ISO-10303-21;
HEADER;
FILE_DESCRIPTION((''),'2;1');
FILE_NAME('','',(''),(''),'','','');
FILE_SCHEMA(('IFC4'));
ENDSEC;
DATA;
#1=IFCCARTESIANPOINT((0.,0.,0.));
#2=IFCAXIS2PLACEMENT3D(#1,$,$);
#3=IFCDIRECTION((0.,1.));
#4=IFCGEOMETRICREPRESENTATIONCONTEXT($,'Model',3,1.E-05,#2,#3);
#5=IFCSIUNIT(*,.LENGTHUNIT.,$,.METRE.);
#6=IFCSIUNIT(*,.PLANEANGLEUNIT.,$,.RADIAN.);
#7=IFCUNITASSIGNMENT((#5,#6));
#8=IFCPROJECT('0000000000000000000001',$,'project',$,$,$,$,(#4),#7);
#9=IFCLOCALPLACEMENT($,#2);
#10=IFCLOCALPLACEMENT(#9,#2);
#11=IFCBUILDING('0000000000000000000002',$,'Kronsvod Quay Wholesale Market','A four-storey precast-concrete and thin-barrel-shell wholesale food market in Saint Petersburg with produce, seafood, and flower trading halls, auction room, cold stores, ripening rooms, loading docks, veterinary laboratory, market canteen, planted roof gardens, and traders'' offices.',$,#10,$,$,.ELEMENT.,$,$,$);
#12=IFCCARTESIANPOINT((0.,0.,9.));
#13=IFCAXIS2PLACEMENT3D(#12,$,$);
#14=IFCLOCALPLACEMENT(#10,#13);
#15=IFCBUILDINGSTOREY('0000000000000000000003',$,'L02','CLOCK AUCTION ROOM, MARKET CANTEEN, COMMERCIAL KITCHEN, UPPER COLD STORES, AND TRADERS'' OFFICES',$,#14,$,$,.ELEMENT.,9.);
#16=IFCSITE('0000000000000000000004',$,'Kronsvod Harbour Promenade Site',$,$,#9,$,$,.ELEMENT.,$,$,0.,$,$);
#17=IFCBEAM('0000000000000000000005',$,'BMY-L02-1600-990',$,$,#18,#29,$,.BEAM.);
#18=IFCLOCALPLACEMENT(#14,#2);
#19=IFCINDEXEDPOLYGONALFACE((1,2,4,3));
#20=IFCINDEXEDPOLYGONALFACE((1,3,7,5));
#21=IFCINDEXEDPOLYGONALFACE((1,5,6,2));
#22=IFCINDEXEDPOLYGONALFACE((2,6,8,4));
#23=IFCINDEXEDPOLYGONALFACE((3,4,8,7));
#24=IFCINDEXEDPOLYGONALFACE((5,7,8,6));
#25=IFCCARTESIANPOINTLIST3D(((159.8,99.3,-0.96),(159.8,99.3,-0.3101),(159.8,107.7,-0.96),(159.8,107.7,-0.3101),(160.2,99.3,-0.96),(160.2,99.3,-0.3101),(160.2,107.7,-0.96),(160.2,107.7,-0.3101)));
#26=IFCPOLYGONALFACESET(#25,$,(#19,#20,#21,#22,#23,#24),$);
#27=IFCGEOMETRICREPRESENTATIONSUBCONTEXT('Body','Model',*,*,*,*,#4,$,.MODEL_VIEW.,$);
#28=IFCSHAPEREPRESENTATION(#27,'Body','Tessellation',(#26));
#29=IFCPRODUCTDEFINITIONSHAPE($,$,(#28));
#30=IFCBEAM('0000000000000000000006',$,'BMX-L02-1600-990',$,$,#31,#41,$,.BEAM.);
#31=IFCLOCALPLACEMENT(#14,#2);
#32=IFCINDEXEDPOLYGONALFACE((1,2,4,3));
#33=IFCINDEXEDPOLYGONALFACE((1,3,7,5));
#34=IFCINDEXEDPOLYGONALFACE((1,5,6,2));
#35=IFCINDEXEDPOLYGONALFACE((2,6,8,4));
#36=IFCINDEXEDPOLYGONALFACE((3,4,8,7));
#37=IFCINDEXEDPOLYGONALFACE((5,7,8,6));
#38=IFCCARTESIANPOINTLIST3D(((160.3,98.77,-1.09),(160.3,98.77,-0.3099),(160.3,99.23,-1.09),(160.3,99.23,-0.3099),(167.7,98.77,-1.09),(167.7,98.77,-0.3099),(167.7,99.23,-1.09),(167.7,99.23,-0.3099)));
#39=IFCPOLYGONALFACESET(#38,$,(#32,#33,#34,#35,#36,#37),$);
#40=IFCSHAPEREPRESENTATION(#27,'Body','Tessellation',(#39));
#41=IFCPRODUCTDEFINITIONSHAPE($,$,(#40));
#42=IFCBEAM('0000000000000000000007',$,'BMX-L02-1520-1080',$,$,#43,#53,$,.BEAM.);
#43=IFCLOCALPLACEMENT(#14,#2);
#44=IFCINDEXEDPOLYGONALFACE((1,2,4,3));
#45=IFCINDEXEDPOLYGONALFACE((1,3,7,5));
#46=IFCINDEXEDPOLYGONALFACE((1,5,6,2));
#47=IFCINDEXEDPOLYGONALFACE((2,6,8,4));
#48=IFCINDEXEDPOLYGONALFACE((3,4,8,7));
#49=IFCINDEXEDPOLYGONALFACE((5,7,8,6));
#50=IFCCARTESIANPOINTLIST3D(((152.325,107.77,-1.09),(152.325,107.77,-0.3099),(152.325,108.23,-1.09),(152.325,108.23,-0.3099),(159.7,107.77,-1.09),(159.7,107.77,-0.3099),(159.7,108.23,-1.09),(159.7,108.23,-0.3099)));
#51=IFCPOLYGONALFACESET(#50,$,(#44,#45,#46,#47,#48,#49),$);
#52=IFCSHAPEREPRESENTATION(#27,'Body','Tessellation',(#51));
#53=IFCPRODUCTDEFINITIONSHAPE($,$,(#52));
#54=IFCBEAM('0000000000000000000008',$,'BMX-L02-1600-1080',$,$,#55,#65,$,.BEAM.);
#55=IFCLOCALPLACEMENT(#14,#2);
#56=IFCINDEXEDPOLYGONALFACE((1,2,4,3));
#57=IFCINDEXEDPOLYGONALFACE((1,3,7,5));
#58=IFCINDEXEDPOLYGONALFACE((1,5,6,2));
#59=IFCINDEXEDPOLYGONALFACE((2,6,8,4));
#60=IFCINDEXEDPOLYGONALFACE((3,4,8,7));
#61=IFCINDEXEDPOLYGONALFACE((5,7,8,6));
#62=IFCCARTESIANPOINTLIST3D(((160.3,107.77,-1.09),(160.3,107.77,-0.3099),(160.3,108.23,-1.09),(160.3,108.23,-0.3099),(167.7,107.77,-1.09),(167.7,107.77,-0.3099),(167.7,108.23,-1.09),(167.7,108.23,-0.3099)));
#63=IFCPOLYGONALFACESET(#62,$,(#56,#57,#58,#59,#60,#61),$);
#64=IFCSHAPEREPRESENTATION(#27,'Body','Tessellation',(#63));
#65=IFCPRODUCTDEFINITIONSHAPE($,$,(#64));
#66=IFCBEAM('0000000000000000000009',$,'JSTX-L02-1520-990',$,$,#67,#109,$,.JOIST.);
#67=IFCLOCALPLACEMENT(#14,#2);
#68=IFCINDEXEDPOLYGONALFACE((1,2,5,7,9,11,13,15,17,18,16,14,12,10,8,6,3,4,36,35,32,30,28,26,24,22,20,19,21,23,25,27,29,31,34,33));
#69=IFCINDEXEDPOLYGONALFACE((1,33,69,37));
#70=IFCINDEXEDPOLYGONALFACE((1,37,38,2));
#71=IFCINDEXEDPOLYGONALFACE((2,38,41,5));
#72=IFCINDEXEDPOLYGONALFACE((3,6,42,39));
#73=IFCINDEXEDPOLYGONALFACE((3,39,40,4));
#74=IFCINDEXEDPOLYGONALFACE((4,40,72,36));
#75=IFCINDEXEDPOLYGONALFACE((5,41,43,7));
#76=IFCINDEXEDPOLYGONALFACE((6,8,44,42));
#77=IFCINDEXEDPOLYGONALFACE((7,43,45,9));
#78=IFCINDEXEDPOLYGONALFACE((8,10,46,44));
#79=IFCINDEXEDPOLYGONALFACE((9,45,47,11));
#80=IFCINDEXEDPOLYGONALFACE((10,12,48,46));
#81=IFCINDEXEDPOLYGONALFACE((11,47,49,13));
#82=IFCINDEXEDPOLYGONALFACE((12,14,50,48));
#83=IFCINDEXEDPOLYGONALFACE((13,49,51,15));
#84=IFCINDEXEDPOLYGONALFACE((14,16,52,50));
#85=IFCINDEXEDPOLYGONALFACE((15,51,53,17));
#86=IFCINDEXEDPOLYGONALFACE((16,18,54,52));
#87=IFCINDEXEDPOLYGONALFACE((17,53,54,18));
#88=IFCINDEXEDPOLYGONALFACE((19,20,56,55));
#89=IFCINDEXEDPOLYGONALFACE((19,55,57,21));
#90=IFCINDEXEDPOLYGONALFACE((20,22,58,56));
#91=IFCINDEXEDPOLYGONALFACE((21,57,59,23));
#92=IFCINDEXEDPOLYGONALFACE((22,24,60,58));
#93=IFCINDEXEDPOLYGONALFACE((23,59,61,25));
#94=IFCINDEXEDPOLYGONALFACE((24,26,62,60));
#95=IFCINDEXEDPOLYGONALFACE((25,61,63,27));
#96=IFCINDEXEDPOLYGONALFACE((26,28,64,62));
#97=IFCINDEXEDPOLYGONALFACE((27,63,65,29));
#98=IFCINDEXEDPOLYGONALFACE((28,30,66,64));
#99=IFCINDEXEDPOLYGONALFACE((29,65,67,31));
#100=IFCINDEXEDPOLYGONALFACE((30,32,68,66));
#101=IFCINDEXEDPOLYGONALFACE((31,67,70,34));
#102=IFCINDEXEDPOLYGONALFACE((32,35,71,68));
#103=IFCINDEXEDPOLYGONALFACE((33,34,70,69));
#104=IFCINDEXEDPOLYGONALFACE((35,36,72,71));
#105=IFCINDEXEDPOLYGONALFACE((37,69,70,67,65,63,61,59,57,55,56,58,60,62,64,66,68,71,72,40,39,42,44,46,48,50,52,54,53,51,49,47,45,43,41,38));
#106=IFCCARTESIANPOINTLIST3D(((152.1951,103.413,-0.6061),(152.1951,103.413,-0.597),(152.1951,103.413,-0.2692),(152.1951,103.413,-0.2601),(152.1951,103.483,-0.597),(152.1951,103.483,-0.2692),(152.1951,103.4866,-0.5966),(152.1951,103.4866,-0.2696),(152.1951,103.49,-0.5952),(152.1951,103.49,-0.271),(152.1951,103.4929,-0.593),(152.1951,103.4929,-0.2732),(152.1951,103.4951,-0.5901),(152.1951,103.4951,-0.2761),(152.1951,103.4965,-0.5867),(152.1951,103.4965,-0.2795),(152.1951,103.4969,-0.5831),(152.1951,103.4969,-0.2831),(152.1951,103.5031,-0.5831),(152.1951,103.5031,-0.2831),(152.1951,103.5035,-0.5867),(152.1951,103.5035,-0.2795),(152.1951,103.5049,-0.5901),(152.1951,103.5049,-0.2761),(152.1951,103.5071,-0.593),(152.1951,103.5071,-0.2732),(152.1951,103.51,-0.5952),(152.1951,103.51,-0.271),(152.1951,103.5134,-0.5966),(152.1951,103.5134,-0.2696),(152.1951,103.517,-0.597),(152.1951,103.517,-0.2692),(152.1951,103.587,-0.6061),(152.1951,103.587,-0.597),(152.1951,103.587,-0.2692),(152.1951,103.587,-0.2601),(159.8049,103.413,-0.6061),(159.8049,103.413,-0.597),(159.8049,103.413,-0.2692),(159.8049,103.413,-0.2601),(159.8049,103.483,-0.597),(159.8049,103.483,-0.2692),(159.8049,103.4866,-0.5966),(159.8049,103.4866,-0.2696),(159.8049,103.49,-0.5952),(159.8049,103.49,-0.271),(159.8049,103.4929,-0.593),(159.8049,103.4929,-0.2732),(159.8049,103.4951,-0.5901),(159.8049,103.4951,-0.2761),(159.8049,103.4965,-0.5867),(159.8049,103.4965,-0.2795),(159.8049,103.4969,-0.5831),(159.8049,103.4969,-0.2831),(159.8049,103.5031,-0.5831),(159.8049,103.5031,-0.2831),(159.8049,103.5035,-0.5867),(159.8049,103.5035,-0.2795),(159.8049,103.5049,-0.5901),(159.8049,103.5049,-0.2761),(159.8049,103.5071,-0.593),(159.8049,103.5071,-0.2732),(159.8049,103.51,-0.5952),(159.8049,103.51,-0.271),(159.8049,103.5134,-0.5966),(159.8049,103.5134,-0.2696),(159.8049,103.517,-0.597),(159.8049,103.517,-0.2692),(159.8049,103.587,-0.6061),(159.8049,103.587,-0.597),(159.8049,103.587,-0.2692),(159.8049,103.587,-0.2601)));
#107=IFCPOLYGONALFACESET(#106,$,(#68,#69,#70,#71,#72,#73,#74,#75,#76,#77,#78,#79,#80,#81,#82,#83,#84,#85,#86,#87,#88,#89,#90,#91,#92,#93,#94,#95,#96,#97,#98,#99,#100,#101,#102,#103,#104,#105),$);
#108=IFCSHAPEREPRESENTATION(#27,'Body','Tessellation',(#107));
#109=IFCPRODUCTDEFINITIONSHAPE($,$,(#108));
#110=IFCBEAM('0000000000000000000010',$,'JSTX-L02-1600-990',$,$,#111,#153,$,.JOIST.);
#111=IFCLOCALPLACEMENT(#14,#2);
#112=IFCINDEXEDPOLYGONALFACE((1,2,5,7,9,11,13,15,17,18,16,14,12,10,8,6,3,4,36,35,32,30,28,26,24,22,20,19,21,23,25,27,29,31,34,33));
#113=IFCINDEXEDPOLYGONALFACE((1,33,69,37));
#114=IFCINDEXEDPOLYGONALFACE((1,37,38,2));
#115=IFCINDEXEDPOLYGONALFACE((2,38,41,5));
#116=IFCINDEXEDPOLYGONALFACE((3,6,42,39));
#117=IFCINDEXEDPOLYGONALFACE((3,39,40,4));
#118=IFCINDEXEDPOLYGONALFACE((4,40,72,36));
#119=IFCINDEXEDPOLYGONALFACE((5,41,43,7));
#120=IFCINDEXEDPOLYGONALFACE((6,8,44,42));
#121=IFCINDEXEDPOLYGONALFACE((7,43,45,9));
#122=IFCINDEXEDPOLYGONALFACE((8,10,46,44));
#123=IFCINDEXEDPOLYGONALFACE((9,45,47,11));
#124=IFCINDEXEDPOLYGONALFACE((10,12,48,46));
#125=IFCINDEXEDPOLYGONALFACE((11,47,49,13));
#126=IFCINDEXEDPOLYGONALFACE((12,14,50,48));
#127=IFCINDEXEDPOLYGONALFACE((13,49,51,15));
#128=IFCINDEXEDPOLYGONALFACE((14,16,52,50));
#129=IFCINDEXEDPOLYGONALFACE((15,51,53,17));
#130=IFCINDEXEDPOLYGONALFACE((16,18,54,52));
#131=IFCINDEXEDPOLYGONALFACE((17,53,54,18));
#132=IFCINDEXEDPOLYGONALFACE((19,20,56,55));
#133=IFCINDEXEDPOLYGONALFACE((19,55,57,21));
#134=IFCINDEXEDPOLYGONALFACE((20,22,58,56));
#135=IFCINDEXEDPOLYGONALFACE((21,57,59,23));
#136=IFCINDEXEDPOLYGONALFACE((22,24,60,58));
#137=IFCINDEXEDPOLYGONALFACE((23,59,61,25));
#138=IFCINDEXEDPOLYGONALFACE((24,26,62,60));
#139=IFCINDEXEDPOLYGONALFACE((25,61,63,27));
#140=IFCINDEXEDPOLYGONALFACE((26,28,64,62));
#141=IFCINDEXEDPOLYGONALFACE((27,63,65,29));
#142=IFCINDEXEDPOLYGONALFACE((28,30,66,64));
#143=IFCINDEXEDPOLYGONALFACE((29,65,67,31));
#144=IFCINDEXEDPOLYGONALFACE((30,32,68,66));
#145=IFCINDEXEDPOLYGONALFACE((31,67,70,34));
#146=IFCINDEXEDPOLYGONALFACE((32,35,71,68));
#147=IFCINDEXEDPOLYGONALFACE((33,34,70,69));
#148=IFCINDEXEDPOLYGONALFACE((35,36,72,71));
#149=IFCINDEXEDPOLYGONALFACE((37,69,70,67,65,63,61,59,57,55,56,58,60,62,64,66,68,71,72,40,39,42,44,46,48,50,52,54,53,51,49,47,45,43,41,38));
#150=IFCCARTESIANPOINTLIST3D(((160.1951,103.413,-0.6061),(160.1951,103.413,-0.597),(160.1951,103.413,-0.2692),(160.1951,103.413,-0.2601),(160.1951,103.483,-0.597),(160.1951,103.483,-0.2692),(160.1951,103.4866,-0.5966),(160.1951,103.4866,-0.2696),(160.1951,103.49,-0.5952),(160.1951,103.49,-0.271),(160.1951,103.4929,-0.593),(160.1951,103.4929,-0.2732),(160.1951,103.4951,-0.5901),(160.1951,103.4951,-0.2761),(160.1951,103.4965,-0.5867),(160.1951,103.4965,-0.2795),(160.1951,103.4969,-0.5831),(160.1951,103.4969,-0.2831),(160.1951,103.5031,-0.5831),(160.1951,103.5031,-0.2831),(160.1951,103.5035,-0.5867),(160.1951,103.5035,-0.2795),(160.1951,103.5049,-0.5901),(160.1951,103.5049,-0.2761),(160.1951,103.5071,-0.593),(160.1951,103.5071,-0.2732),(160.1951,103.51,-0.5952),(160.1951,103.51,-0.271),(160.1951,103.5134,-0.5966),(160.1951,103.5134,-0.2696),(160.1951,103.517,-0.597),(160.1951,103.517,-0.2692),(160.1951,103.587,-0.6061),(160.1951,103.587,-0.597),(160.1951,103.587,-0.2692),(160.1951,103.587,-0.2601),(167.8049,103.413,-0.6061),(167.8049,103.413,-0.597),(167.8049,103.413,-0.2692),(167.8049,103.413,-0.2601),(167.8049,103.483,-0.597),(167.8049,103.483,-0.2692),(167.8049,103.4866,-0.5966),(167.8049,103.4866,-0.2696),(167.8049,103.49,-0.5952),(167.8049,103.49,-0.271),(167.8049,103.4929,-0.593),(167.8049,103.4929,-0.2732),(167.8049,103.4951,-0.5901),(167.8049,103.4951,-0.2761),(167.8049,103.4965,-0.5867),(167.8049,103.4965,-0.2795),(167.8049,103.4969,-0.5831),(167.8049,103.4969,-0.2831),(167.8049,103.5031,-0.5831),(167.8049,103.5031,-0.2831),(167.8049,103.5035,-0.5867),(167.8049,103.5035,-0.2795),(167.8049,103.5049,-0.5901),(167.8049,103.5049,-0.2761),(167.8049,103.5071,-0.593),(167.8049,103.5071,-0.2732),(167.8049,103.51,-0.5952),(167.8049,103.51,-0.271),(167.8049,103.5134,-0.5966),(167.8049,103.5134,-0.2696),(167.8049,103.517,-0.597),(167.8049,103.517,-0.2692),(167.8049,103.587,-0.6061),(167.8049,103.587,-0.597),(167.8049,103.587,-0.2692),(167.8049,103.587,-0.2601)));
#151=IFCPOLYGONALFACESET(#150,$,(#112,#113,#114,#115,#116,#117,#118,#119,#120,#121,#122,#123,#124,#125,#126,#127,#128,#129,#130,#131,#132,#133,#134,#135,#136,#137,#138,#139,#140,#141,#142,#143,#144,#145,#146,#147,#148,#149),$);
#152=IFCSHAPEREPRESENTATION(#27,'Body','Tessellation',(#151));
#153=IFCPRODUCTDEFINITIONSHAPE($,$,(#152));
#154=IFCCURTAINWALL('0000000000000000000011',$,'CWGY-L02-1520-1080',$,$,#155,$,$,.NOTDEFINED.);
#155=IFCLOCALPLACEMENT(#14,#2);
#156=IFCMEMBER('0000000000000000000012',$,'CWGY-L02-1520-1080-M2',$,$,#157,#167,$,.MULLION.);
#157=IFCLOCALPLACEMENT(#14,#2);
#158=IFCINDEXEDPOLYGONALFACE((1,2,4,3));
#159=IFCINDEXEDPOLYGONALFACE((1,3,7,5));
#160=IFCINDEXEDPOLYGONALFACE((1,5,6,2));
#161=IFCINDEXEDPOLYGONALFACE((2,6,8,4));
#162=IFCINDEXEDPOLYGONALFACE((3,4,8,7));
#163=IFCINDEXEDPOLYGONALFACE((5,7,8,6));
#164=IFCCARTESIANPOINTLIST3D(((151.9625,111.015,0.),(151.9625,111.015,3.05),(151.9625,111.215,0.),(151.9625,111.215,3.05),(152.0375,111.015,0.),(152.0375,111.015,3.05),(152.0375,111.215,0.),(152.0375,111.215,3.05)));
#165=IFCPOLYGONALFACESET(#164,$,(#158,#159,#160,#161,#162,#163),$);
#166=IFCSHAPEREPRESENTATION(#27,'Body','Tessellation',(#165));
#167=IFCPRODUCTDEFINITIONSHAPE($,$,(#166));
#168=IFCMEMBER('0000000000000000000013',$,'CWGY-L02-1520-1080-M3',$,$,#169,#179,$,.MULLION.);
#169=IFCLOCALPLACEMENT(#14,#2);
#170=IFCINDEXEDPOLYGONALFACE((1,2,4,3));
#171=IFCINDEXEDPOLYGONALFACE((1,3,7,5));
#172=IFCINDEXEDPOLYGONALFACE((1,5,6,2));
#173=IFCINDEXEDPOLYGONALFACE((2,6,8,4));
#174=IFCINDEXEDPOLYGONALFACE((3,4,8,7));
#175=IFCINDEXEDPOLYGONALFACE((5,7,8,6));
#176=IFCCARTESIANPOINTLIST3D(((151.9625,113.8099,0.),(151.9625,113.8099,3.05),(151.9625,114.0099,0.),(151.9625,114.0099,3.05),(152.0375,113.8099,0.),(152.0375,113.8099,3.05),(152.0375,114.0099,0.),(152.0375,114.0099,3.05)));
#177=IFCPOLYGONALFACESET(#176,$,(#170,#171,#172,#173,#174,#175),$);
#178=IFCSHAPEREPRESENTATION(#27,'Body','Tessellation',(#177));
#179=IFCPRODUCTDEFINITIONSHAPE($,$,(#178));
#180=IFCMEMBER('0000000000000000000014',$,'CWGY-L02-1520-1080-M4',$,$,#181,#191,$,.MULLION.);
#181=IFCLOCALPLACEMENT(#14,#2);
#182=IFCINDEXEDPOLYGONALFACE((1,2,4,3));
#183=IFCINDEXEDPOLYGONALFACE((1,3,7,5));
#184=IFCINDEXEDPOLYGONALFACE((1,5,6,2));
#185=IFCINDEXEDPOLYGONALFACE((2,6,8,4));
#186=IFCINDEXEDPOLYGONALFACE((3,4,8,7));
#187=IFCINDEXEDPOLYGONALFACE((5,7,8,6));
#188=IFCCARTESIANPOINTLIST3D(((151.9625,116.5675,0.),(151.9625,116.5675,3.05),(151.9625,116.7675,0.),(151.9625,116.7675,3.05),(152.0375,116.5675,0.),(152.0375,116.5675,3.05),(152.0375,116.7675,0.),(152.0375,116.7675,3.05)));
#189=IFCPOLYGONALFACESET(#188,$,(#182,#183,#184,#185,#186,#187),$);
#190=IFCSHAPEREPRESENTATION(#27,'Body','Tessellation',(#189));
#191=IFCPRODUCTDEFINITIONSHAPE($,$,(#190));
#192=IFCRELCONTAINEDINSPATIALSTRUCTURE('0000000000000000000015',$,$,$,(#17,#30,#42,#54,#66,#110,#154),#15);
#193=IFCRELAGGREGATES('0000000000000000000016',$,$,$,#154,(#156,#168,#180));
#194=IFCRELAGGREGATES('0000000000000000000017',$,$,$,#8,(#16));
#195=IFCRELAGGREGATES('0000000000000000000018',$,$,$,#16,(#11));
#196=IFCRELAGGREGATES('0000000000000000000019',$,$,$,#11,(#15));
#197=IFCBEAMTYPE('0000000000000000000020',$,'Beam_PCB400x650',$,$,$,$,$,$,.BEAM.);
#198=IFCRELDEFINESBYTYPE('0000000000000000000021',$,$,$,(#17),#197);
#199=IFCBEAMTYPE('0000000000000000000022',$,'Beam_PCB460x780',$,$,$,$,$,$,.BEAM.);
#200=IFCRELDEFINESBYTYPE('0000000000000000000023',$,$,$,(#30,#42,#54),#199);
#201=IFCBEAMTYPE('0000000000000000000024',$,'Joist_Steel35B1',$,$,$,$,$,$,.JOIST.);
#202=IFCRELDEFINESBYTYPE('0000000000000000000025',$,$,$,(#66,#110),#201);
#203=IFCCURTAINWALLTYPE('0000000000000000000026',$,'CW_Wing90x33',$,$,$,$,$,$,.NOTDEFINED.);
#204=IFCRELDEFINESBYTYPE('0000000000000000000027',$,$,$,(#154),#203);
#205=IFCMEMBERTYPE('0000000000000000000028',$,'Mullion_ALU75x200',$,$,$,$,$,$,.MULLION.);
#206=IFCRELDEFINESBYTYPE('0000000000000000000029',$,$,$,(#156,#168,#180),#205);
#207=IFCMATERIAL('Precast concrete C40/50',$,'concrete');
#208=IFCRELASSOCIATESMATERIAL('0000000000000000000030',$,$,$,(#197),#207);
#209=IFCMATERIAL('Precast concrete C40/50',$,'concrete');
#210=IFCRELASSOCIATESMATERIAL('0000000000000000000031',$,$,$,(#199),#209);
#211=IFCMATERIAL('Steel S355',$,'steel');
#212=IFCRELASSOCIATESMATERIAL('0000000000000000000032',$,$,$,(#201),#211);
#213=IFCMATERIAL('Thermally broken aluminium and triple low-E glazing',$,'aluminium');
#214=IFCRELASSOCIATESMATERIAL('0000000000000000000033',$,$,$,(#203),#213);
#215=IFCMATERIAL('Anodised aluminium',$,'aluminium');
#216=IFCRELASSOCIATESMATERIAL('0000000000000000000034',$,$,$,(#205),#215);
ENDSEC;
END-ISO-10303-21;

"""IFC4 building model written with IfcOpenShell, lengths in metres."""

from ifc_helpers import new_model, si_unit, direction, frame, origin, origin_2d, place, context, subcontext, project, spatial, rectangle, i_section, extrude, material, material_profile, profile_set, type_object, element, aggregate, save


model = new_model("IFC4")

# Units and contexts
model_context = context("Model", 3, precision=1e-05, world=origin(), true_north=direction((0.0, 1.0)))
body_context = subcontext(model_context, "Body", "Model", "MODEL_VIEW")
ifc_project = project(units=[si_unit("LENGTHUNIT", "METRE"), si_unit("PLANEANGLEUNIT", "RADIAN")], contexts=[model_context])

# Site, building, storey
site_placement = place(None, origin())
site = spatial("IfcSite", under=ifc_project, at=site_placement, Name="Kronsvod Harbour Promenade Site", CompositionType="ELEMENT", RefElevation=0.0)
building_placement = place(site_placement, origin())
building = spatial("IfcBuilding", under=site, at=building_placement, Name="Kronsvod Quay Wholesale Market", Description="A four-storey precast-concrete and thin-barrel-shell wholesale food market in Saint Petersburg with produce, seafood, and flower trading halls, auction room, cold stores, ripening rooms, loading docks, veterinary laboratory, market canteen, planted roof gardens, and traders' offices.", CompositionType="ELEMENT")
storey_placement = place(building_placement, frame((0.0, 0.0, 9.0)))
storey = spatial("IfcBuildingStorey", under=building, at=storey_placement, Name="L02", Description="CLOCK AUCTION ROOM, MARKET CANTEEN, COMMERCIAL KITCHEN, UPPER COLD STORES, AND TRADERS' OFFICES", CompositionType="ELEMENT", Elevation=9.0)

# Beams
ifc_material_1 = material(Name="Precast concrete C40/50", Category="concrete")
ifc_material_profile_1 = material_profile(ifc_material_1, rectangle(XDim=0.3999, YDim=0.6499, at=origin_2d()), Name="PCB400x650")
ifc_profile_set_1 = profile_set([ifc_material_profile_1], Name="Precast concrete C40/50")
beam_type_1 = type_object("IfcBeamType", Name="Beam_PCB400x650", PredefinedType="BEAM", material=ifc_profile_set_1)
beam_1_placement = place(storey_placement, frame((160.0, 99.3, -0.635), z_axis=(0.0, 1.0, 0.0), x_axis=(-1.0, 0.0, 0.0)))
element("IfcBeam", 1, at=beam_1_placement, inside=storey, type_object=beam_type_1, Name="BMY-L02-1600-990", PredefinedType="BEAM", context=body_context, shape_type="SweptSolid", body=[
    extrude(rectangle(XDim=0.3999, YDim=0.6499, at=origin_2d()), origin(), (0.0, 0.0, 1.0), 8.3999),
])
ifc_material_2 = material(Name="Precast concrete C40/50", Category="concrete")
ifc_material_profile_2 = material_profile(ifc_material_2, rectangle(XDim=0.46, YDim=0.78, at=origin_2d()), Name="PB-03")
ifc_profile_set_2 = profile_set([ifc_material_profile_2], Name="Precast concrete C40/50")
beam_type_2 = type_object("IfcBeamType", Name="Beam_PCB460x780", PredefinedType="BEAM", material=ifc_profile_set_2)
beam_2_placement = place(storey_placement, frame((160.3, 99.0, -0.7), z_axis=(1.0, 0.0, 0.0), x_axis=(0.0, 1.0, 0.0)))
element("IfcBeam", 2, at=beam_2_placement, inside=storey, type_object=beam_type_2, Name="BMX-L02-1600-990", PredefinedType="BEAM", context=body_context, shape_type="SweptSolid", body=[
    extrude(rectangle(XDim=0.46, YDim=0.78, at=origin_2d()), origin(), (0.0, 0.0, 1.0), 7.3999),
])
beam_3_placement = place(storey_placement, frame((152.325, 108.0, -0.7), z_axis=(1.0, 0.0, 0.0), x_axis=(0.0, 1.0, 0.0)))
element("IfcBeam", 3, at=beam_3_placement, inside=storey, type_object=beam_type_2, Name="BMX-L02-1520-1080", PredefinedType="BEAM", context=body_context, shape_type="SweptSolid", body=[
    extrude(rectangle(XDim=0.46, YDim=0.78, at=origin_2d()), origin(), (0.0, 0.0, 1.0), 7.375),
])
beam_4_placement = place(storey_placement, frame((160.3, 108.0, -0.7), z_axis=(1.0, 0.0, 0.0), x_axis=(0.0, 1.0, 0.0)))
element("IfcBeam", 4, at=beam_4_placement, inside=storey, type_object=beam_type_2, Name="BMX-L02-1600-1080", PredefinedType="BEAM", context=body_context, shape_type="SweptSolid", body=[
    extrude(rectangle(XDim=0.46, YDim=0.78, at=origin_2d()), origin(), (0.0, 0.0, 1.0), 7.3999),
])
ifc_material_3 = material(Name="Steel S355", Category="steel")
ifc_material_profile_3 = material_profile(ifc_material_3, i_section(OverallWidth=0.1741, OverallDepth=0.3459, WebThickness=0.0061, FlangeThickness=0.009, FilletRadius=0.0139, at=origin_2d()), Name="35B1")
ifc_profile_set_3 = profile_set([ifc_material_profile_3], Name="Steel S355")
beam_type_3 = type_object("IfcBeamType", Name="Joist_Steel35B1", PredefinedType="JOIST", material=ifc_profile_set_3)
for number, where, z_axis, x_axis, name in (
    (5, (152.1951, 103.5, -0.4331), (1.0, 0.0, 0.0), (0.0, 1.0, 0.0), "JSTX-L02-1520-990"),
    (6, (160.1951, 103.5, -0.4331), (1.0, 0.0, 0.0), (0.0, 1.0, 0.0), "JSTX-L02-1600-990"),
):
    element("IfcBeam", number, at=place(storey_placement, frame(where, z_axis=z_axis, x_axis=x_axis)), inside=storey, type_object=beam_type_3, Name=name, PredefinedType="JOIST", context=body_context, shape_type="SweptSolid", body=[
        extrude(i_section(OverallWidth=0.1741, OverallDepth=0.3459, WebThickness=0.0061, FlangeThickness=0.009, FilletRadius=0.0139, at=origin_2d()), origin(), (0.0, 0.0, 1.0), 7.6099),
    ])

# Curtain wall, members
ifc_material_4 = material(Name="Thermally broken aluminium and triple low-E glazing", Category="aluminium")
curtain_wall_type = type_object("IfcCurtainWallType", Name="CW_Wing90x33", PredefinedType="NOTDEFINED", material=ifc_material_4)
curtain_wall_placement = place(storey_placement, origin())
curtain_wall = element("IfcCurtainWall", 7, at=curtain_wall_placement, inside=storey, type_object=curtain_wall_type, Name="CWGY-L02-1520-1080", PredefinedType="NOTDEFINED")
ifc_material_5 = material(Name="Anodised aluminium", Category="aluminium")
ifc_material_profile_4 = material_profile(ifc_material_5, rectangle(XDim=0.075, YDim=0.2, at=origin_2d()), Name="ALUM75x200")
ifc_profile_set_4 = profile_set([ifc_material_profile_4], Name="Anodised aluminium")
member_type_1 = type_object("IfcMemberType", Name="Mullion_ALU75x200", PredefinedType="MULLION", material=ifc_profile_set_4)
member_1_placement = place(storey_placement, frame((152.0, 111.115, 0.0), z_axis=(0.0, 0.0, 1.0), x_axis=(1.0, 0.0, 0.0)))
member_1 = element("IfcMember", 8, at=member_1_placement, type_object=member_type_1, Name="CWGY-L02-1520-1080-M2", PredefinedType="MULLION", context=body_context, shape_type="SweptSolid", body=[
    extrude(rectangle(XDim=0.075, YDim=0.2, at=origin_2d()), origin(), (0.0, 0.0, 1.0), 3.05),
])
member_2_placement = place(storey_placement, frame((152.0, 113.9099, 0.0), z_axis=(0.0, 0.0, 1.0), x_axis=(1.0, 0.0, 0.0)))
member_2 = element("IfcMember", 9, at=member_2_placement, type_object=member_type_1, Name="CWGY-L02-1520-1080-M3", PredefinedType="MULLION", context=body_context, shape_type="SweptSolid", body=[
    extrude(rectangle(XDim=0.075, YDim=0.2, at=origin_2d()), origin(), (0.0, 0.0, 1.0), 3.05),
])
member_3_placement = place(storey_placement, frame((152.0, 116.6675, 0.0), z_axis=(0.0, 0.0, 1.0), x_axis=(1.0, 0.0, 0.0)))
member_3 = element("IfcMember", 10, at=member_3_placement, type_object=member_type_1, Name="CWGY-L02-1520-1080-M4", PredefinedType="MULLION", context=body_context, shape_type="SweptSolid", body=[
    extrude(rectangle(XDim=0.075, YDim=0.2, at=origin_2d()), origin(), (0.0, 0.0, 1.0), 3.05),
])
aggregate(curtain_wall, [member_1, member_2, member_3])

save(model, "model.ifc")
